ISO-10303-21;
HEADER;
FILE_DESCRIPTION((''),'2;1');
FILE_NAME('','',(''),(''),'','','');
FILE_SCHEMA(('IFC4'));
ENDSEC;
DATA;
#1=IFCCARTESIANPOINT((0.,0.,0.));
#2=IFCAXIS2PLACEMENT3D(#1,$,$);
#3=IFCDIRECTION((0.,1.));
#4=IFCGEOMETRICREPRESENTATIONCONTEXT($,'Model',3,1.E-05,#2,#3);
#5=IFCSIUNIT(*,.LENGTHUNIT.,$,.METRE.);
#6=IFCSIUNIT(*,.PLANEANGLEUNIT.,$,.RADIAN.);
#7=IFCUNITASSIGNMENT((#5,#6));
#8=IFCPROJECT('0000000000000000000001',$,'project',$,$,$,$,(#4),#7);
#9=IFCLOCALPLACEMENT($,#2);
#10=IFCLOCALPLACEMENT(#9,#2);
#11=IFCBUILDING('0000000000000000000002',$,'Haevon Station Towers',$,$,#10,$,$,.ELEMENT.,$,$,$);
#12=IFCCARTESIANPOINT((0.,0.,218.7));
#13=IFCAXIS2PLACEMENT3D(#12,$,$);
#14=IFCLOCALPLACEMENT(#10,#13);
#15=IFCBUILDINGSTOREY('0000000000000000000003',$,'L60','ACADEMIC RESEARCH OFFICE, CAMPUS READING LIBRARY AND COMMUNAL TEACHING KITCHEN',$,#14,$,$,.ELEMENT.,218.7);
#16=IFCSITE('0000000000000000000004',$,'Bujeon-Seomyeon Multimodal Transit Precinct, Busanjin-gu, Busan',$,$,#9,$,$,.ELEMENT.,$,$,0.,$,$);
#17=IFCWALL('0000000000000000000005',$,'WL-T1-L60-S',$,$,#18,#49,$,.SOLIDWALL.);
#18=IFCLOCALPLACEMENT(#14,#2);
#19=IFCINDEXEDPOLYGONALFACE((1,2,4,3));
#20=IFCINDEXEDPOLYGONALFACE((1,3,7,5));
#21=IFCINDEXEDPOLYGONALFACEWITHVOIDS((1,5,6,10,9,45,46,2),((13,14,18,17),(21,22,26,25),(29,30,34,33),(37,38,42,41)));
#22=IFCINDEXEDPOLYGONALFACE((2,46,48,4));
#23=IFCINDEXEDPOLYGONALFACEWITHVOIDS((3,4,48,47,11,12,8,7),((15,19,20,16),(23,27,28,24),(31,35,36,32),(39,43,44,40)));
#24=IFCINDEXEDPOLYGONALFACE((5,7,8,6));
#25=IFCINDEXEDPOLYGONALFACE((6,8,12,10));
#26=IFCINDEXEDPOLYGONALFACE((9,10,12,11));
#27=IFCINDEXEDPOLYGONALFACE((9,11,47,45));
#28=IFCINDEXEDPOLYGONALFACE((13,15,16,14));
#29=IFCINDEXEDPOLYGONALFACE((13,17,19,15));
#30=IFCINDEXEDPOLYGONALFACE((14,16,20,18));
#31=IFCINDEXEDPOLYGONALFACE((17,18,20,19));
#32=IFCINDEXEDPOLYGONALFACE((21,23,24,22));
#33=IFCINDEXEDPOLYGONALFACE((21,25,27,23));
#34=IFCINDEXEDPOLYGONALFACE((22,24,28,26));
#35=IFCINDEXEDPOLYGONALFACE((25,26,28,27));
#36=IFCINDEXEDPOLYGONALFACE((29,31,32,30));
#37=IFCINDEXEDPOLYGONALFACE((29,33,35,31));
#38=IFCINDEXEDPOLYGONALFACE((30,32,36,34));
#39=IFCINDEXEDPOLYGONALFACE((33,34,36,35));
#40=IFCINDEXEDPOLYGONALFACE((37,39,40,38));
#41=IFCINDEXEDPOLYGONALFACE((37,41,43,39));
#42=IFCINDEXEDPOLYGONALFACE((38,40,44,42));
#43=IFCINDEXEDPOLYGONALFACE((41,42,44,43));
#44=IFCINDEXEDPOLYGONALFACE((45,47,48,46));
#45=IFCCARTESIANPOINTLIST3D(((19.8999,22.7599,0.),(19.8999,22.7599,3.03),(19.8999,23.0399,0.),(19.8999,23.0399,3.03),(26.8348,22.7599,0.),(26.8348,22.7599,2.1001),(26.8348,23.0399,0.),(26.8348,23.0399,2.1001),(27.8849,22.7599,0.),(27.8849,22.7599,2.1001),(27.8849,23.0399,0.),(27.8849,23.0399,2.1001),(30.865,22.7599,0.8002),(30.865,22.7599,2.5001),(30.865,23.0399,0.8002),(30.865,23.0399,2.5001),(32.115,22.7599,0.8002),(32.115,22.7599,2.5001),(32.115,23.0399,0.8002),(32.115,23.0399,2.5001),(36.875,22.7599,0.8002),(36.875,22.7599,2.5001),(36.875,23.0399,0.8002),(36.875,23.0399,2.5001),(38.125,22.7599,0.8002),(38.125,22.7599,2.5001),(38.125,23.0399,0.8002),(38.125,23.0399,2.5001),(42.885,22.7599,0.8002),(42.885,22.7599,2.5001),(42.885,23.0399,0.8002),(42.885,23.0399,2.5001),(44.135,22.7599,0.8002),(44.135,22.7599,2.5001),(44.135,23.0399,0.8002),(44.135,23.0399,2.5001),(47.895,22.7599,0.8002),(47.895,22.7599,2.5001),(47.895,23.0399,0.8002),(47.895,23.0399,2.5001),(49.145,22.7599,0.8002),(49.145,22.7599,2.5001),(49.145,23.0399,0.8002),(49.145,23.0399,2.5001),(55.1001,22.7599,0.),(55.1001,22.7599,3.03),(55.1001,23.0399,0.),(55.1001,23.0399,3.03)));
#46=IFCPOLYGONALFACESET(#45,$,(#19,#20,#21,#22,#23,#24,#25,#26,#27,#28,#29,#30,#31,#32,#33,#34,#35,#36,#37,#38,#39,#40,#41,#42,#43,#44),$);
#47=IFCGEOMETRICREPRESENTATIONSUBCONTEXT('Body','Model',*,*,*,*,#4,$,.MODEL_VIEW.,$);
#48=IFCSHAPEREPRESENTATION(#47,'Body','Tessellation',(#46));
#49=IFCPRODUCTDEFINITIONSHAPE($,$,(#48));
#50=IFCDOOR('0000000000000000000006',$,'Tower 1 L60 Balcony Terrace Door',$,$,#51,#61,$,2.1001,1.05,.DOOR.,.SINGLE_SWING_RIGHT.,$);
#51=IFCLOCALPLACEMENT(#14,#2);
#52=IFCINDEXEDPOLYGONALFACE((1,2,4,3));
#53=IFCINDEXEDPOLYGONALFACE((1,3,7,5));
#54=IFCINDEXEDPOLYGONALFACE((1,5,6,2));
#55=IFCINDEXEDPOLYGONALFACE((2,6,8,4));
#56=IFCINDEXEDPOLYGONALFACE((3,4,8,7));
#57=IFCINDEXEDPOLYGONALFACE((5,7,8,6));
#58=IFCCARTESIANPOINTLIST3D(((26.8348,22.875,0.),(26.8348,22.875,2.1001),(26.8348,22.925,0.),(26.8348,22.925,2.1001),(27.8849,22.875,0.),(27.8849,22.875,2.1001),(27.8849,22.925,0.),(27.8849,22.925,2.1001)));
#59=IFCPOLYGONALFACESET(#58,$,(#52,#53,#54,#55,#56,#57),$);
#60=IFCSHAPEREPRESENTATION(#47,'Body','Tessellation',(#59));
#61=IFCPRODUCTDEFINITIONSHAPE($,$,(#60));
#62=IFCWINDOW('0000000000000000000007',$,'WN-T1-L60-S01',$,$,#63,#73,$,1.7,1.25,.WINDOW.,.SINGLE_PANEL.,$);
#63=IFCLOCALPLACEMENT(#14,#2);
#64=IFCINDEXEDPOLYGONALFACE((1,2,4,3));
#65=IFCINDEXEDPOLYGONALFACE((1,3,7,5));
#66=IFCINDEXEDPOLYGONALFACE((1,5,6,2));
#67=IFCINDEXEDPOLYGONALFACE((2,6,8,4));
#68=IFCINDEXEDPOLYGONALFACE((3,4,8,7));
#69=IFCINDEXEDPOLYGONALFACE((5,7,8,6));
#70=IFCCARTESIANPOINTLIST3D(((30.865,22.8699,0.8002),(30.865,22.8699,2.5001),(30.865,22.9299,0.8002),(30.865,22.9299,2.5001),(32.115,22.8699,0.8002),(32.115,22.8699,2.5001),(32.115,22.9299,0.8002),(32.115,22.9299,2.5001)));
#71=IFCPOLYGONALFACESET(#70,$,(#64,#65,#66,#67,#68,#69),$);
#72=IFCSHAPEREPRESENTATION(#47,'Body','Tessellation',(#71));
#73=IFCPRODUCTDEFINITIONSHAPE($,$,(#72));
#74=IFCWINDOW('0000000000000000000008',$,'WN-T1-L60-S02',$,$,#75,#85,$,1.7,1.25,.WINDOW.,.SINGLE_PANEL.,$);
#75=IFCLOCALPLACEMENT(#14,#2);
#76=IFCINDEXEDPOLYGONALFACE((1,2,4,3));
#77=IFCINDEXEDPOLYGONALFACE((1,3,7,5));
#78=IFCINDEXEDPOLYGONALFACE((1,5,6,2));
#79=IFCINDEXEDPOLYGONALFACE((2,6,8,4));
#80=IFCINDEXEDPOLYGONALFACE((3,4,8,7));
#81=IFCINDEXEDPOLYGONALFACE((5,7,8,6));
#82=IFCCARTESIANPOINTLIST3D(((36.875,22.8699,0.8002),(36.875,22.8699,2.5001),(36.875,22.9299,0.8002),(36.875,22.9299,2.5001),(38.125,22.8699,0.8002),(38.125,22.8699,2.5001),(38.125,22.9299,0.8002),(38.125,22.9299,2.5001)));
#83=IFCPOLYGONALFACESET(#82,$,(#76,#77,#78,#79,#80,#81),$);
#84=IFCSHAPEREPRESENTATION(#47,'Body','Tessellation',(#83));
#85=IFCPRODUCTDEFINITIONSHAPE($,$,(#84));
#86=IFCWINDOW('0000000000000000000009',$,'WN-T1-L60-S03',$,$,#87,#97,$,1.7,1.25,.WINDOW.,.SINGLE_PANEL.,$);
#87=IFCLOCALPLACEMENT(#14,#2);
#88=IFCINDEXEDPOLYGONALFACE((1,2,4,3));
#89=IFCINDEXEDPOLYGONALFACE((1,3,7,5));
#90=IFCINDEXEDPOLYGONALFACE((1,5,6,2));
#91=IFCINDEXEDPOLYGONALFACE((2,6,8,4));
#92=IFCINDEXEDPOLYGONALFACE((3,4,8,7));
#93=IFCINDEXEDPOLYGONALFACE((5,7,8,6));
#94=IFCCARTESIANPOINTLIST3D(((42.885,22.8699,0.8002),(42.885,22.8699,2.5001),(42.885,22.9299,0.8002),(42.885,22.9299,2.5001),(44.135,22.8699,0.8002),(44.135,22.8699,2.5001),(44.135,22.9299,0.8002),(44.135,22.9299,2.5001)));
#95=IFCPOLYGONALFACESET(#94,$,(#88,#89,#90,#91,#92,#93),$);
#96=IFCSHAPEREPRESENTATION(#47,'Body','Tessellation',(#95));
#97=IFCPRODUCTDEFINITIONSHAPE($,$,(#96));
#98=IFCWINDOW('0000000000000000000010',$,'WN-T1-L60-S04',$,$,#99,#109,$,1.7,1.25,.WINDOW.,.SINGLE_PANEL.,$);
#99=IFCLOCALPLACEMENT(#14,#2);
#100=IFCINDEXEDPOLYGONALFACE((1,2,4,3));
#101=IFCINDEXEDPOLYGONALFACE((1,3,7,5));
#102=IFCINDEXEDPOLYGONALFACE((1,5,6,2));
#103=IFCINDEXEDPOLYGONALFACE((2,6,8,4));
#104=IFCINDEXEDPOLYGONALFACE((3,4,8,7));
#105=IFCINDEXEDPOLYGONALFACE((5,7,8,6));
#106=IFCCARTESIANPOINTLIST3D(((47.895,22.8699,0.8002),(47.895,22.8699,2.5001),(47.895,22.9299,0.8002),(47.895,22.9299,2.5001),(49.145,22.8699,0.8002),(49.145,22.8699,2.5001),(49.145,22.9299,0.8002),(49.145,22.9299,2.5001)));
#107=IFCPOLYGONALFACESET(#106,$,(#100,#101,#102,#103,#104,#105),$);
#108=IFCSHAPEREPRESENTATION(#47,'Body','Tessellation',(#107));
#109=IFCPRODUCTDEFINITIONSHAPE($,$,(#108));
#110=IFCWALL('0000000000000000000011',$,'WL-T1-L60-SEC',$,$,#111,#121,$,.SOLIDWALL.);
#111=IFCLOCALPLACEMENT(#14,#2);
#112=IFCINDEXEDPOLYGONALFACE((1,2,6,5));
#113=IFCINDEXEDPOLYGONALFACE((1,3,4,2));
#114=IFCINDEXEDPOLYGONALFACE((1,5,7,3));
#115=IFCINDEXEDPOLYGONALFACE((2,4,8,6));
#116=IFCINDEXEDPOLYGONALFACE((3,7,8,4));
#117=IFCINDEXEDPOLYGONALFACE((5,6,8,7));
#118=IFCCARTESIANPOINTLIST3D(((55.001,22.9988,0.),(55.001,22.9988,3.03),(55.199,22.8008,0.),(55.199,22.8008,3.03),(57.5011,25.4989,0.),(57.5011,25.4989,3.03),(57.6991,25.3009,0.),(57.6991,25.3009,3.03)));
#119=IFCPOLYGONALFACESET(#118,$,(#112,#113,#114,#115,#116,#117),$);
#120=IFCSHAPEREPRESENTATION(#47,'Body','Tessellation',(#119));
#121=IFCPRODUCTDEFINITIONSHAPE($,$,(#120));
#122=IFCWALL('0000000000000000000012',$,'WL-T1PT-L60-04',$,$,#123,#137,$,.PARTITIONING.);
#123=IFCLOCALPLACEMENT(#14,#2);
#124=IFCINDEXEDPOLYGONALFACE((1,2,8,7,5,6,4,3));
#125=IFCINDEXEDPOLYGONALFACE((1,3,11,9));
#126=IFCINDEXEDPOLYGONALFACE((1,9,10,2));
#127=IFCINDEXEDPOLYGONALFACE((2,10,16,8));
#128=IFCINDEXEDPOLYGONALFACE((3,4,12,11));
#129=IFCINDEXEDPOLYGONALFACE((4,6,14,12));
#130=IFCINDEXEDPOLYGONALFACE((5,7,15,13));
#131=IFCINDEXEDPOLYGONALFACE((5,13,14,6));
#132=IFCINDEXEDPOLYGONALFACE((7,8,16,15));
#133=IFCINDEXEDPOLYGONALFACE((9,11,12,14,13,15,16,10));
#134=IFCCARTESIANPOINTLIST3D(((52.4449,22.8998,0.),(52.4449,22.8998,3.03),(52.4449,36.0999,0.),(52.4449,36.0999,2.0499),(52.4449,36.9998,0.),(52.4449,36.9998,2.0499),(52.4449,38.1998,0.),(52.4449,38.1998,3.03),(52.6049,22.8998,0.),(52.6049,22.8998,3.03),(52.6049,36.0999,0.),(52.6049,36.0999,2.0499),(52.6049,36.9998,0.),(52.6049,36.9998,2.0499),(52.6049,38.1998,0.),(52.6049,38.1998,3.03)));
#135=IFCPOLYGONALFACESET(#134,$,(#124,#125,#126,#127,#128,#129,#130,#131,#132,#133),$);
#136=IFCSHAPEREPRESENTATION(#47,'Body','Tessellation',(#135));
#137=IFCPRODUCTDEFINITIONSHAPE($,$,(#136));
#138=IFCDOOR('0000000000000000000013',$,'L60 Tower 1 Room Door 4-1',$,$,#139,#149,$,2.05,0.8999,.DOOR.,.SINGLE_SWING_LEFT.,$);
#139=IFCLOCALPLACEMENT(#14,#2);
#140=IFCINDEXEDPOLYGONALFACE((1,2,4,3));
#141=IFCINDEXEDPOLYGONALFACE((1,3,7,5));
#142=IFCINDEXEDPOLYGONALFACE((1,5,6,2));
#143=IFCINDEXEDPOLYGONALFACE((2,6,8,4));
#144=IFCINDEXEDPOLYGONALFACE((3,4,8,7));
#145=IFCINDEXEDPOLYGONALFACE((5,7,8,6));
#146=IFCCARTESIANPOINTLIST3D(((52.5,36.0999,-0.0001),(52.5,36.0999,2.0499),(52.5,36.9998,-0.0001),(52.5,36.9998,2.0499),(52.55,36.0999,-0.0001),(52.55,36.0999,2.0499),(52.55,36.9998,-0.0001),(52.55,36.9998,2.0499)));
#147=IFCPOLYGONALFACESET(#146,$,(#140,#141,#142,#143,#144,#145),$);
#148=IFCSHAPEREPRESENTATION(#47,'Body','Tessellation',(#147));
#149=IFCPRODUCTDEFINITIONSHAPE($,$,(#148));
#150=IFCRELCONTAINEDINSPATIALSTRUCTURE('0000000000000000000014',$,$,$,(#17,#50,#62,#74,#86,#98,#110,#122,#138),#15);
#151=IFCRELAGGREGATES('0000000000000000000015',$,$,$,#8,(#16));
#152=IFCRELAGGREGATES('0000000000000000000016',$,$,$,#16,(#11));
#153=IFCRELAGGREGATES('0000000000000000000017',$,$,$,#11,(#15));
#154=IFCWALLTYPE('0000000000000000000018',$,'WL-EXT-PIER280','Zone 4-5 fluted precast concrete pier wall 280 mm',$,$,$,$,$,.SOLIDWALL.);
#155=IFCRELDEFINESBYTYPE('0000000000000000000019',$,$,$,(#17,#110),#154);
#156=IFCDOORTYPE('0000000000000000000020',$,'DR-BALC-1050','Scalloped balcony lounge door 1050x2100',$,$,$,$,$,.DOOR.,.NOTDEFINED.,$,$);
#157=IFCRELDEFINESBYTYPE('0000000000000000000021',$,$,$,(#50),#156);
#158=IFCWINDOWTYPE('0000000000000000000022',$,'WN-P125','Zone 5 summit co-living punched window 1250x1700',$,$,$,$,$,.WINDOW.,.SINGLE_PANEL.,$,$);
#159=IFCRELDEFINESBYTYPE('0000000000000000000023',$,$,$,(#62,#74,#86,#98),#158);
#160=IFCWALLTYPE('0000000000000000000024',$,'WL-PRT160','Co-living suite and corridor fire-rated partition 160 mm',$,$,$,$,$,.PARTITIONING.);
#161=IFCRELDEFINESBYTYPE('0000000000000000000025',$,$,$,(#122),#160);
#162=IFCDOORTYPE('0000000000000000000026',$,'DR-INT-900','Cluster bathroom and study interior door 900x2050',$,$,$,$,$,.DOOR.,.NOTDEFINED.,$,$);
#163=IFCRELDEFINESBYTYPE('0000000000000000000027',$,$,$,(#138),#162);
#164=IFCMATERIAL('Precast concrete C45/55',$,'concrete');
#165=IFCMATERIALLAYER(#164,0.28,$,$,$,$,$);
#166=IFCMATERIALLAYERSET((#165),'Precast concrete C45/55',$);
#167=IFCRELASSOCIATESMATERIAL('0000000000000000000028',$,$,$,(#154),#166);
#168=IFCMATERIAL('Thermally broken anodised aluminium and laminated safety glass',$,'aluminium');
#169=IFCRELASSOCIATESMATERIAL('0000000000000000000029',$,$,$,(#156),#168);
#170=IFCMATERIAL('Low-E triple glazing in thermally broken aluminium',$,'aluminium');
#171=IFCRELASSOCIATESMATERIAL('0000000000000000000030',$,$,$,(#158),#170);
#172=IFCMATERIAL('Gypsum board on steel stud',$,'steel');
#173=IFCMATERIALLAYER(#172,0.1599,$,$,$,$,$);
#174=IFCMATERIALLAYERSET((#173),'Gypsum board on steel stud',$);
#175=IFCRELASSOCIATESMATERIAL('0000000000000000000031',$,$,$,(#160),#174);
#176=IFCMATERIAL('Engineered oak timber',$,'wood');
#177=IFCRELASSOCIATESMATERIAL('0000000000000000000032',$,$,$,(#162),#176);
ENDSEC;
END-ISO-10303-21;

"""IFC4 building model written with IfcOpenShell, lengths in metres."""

from ifc_helpers import new_model, si_unit, direction, frame, frame_2d, origin, place, context, subcontext, project, spatial, rectangle, extrude, material, layer, layer_set, type_object, element, fill, save


model = new_model("IFC4")

# Units and contexts
model_context = context("Model", 3, precision=1e-05, world=origin(), true_north=direction((0.0, 1.0)))
body_context = subcontext(model_context, "Body", "Model", "MODEL_VIEW")
ifc_project = project(units=[si_unit("LENGTHUNIT", "METRE"), si_unit("PLANEANGLEUNIT", "RADIAN")], contexts=[model_context])

# Site, building, storey
site_placement = place(None, origin())
site = spatial("IfcSite", under=ifc_project, at=site_placement, Name="Bujeon-Seomyeon Multimodal Transit Precinct, Busanjin-gu, Busan", CompositionType="ELEMENT", RefElevation=0.0)
building_placement = place(site_placement, origin())
building = spatial("IfcBuilding", under=site, at=building_placement, Name="Haevon Station Towers", CompositionType="ELEMENT")
storey_placement = place(building_placement, frame((0.0, 0.0, 218.7)))
storey = spatial("IfcBuildingStorey", under=building, at=storey_placement, Name="L60", Description="ACADEMIC RESEARCH OFFICE, CAMPUS READING LIBRARY AND COMMUNAL TEACHING KITCHEN", CompositionType="ELEMENT", Elevation=218.7)

# Wall, openings, door, windows
ifc_material_1 = material(Name="Precast concrete C45/55", Category="concrete")
ifc_layer_1 = layer(ifc_material_1, 0.28)
ifc_layer_set_1 = layer_set([ifc_layer_1], Name="Precast concrete C45/55")
wall_type_1 = type_object("IfcWallType", Name="WL-EXT-PIER280", Description="Zone 4-5 fluted precast concrete pier wall 280 mm", PredefinedType="SOLIDWALL", material=ifc_layer_set_1)
wall_1_placement = place(storey_placement, frame((55.1001, 22.8999, 0.0), z_axis=(0.0, 0.0, 1.0), x_axis=(-1.0, 0.0, 0.0)))
wall_1 = element("IfcWall", 1, at=wall_1_placement, inside=storey, type_object=wall_type_1, Name="WL-T1-L60-S", PredefinedType="SOLIDWALL", context=body_context, shape_type="SweptSolid", body=[
    extrude(rectangle(XDim=35.2002, YDim=0.28, at=frame_2d((17.6001, 0.0))), origin(), (0.0, 0.0, 1.0), 3.03),
])
opening_1_placement = place(wall_1_placement, frame((27.2153, 0.0, 0.0)))
opening_1 = element("IfcOpeningElement", 2, at=opening_1_placement, cuts=wall_1, PredefinedType="OPENING", context=body_context, shape_type="SweptSolid", body=[
    extrude(rectangle(XDim=1.05, YDim=2.1001, at=frame_2d((0.5249, 1.05))), frame((0.0, 0.1499, 0.0), z_axis=(0.0, -1.0, 0.0), x_axis=(1.0, 0.0, 0.0)), (0.0, 0.0, 1.0), 0.3),
])
opening_2_placement = place(wall_1_placement, frame((22.9851, 0.0, 0.8)))
opening_2 = element("IfcOpeningElement", 3, at=opening_2_placement, cuts=wall_1, PredefinedType="OPENING", context=body_context, shape_type="SweptSolid", body=[
    extrude(rectangle(XDim=1.25, YDim=1.7, at=frame_2d((0.625, 0.8501))), frame((0.0, 0.1499, 0.0), z_axis=(0.0, -1.0, 0.0), x_axis=(1.0, 0.0, 0.0)), (0.0, 0.0, 1.0), 0.3),
])
opening_3_placement = place(wall_1_placement, frame((16.9751, 0.0, 0.8)))
opening_3 = element("IfcOpeningElement", 4, at=opening_3_placement, cuts=wall_1, PredefinedType="OPENING", context=body_context, shape_type="SweptSolid", body=[
    extrude(rectangle(XDim=1.25, YDim=1.7, at=frame_2d((0.625, 0.8501))), frame((0.0, 0.1499, 0.0), z_axis=(0.0, -1.0, 0.0), x_axis=(1.0, 0.0, 0.0)), (0.0, 0.0, 1.0), 0.3),
])
opening_4_placement = place(wall_1_placement, frame((10.9651, 0.0, 0.8)))
opening_4 = element("IfcOpeningElement", 5, at=opening_4_placement, cuts=wall_1, PredefinedType="OPENING", context=body_context, shape_type="SweptSolid", body=[
    extrude(rectangle(XDim=1.25, YDim=1.7, at=frame_2d((0.625, 0.8501))), frame((0.0, 0.1499, 0.0), z_axis=(0.0, -1.0, 0.0), x_axis=(1.0, 0.0, 0.0)), (0.0, 0.0, 1.0), 0.3),
])
opening_5_placement = place(wall_1_placement, frame((5.9551, 0.0, 0.8)))
opening_5 = element("IfcOpeningElement", 6, at=opening_5_placement, cuts=wall_1, PredefinedType="OPENING", context=body_context, shape_type="SweptSolid", body=[
    extrude(rectangle(XDim=1.25, YDim=1.7, at=frame_2d((0.625, 0.8501))), frame((0.0, 0.1499, 0.0), z_axis=(0.0, -1.0, 0.0), x_axis=(1.0, 0.0, 0.0)), (0.0, 0.0, 1.0), 0.3),
])
ifc_material_2 = material(Name="Thermally broken anodised aluminium and laminated safety glass", Category="aluminium")
door_type_1 = type_object("IfcDoorType", Name="DR-BALC-1050", Description="Scalloped balcony lounge door 1050x2100", OperationType="NOTDEFINED", PredefinedType="DOOR", material=ifc_material_2)
door_1_placement = place(opening_1_placement, origin())
door_1 = element("IfcDoor", 7, at=door_1_placement, inside=storey, type_object=door_type_1, Name="Tower 1 L60 Balcony Terrace Door", OperationType="SINGLE_SWING_RIGHT", OverallHeight=2.1001, OverallWidth=1.05, PredefinedType="DOOR", context=body_context, shape_type="SweptSolid", body=[
    extrude(rectangle(XDim=1.05, YDim=2.1001, at=frame_2d((0.5249, 1.05))), frame((0.0, 0.0249, 0.0), z_axis=(0.0, -1.0, 0.0), x_axis=(1.0, 0.0, 0.0)), (0.0, 0.0, 1.0), 0.05),
])
fill(opening_1, door_1)
ifc_material_3 = material(Name="Low-E triple glazing in thermally broken aluminium", Category="aluminium")
window_type = type_object("IfcWindowType", Name="WN-P125", Description="Zone 5 summit co-living punched window 1250x1700", PartitioningType="SINGLE_PANEL", PredefinedType="WINDOW", material=ifc_material_3)
window_1_placement = place(opening_2_placement, origin())
window_1 = element("IfcWindow", 8, at=window_1_placement, inside=storey, type_object=window_type, Name="WN-T1-L60-S01", OverallHeight=1.7, OverallWidth=1.25, PartitioningType="SINGLE_PANEL", PredefinedType="WINDOW", context=body_context, shape_type="SweptSolid", body=[
    extrude(rectangle(XDim=1.25, YDim=1.7, at=frame_2d((0.625, 0.8501))), frame((0.0, 0.03, 0.0), z_axis=(0.0, -1.0, 0.0), x_axis=(1.0, 0.0, 0.0)), (0.0, 0.0, 1.0), 0.0601),
])
fill(opening_2, window_1)
window_2_placement = place(opening_3_placement, origin())
window_2 = element("IfcWindow", 9, at=window_2_placement, inside=storey, type_object=window_type, Name="WN-T1-L60-S02", OverallHeight=1.7, OverallWidth=1.25, PartitioningType="SINGLE_PANEL", PredefinedType="WINDOW", context=body_context, shape_type="SweptSolid", body=[
    extrude(rectangle(XDim=1.25, YDim=1.7, at=frame_2d((0.625, 0.8501))), frame((0.0, 0.03, 0.0), z_axis=(0.0, -1.0, 0.0), x_axis=(1.0, 0.0, 0.0)), (0.0, 0.0, 1.0), 0.0601),
])
fill(opening_3, window_2)
window_3_placement = place(opening_4_placement, origin())
window_3 = element("IfcWindow", 10, at=window_3_placement, inside=storey, type_object=window_type, Name="WN-T1-L60-S03", OverallHeight=1.7, OverallWidth=1.25, PartitioningType="SINGLE_PANEL", PredefinedType="WINDOW", context=body_context, shape_type="SweptSolid", body=[
    extrude(rectangle(XDim=1.25, YDim=1.7, at=frame_2d((0.625, 0.8501))), frame((0.0, 0.03, 0.0), z_axis=(0.0, -1.0, 0.0), x_axis=(1.0, 0.0, 0.0)), (0.0, 0.0, 1.0), 0.0601),
])
fill(opening_4, window_3)
window_4_placement = place(opening_5_placement, origin())
window_4 = element("IfcWindow", 11, at=window_4_placement, inside=storey, type_object=window_type, Name="WN-T1-L60-S04", OverallHeight=1.7, OverallWidth=1.25, PartitioningType="SINGLE_PANEL", PredefinedType="WINDOW", context=body_context, shape_type="SweptSolid", body=[
    extrude(rectangle(XDim=1.25, YDim=1.7, at=frame_2d((0.625, 0.8501))), frame((0.0, 0.03, 0.0), z_axis=(0.0, -1.0, 0.0), x_axis=(1.0, 0.0, 0.0)), (0.0, 0.0, 1.0), 0.0601),
])
fill(opening_5, window_4)

# Wall
wall_2_placement = place(storey_placement, frame((57.6001, 25.3999, 0.0), z_axis=(0.0, 0.0, 1.0), x_axis=(-0.707107, -0.707107, 0.0)))
element("IfcWall", 12, at=wall_2_placement, inside=storey, type_object=wall_type_1, Name="WL-T1-L60-SEC", PredefinedType="SOLIDWALL", context=body_context, shape_type="SweptSolid", body=[
    extrude(rectangle(XDim=3.5356, YDim=0.28, at=frame_2d((1.7678, 0.0))), origin(), (0.0, 0.0, 1.0), 3.03),
])

# Wall, opening, door
ifc_material_4 = material(Name="Gypsum board on steel stud", Category="steel")
ifc_layer_2 = layer(ifc_material_4, 0.1599)
ifc_layer_set_2 = layer_set([ifc_layer_2], Name="Gypsum board on steel stud")
wall_type_2 = type_object("IfcWallType", Name="WL-PRT160", Description="Co-living suite and corridor fire-rated partition 160 mm", PredefinedType="PARTITIONING", material=ifc_layer_set_2)
wall_3_placement = place(storey_placement, frame((52.5249, 22.8999, 0.0), z_axis=(0.0, 0.0, 1.0), x_axis=(0.0, 1.0, 0.0)))
wall_3 = element("IfcWall", 13, at=wall_3_placement, inside=storey, type_object=wall_type_2, Name="WL-T1PT-L60-04", PredefinedType="PARTITIONING", context=body_context, shape_type="SweptSolid", body=[
    extrude(rectangle(XDim=15.3, YDim=0.1599, at=frame_2d((7.6499, 0.0))), origin(), (0.0, 0.0, 1.0), 3.03),
])
opening_6_placement = place(wall_3_placement, frame((13.2, 0.0, 0.0)))
opening_6 = element("IfcOpeningElement", 14, at=opening_6_placement, cuts=wall_3, PredefinedType="OPENING", context=body_context, shape_type="SweptSolid", body=[
    extrude(rectangle(XDim=0.8999, YDim=2.05, at=frame_2d((0.45, 1.0249))), frame((0.0, 0.0898, 0.0), z_axis=(0.0, -1.0, 0.0), x_axis=(1.0, 0.0, 0.0)), (0.0, 0.0, 1.0), 0.1799),
])
ifc_material_5 = material(Name="Engineered oak timber", Category="wood")
door_type_2 = type_object("IfcDoorType", Name="DR-INT-900", Description="Cluster bathroom and study interior door 900x2050", OperationType="NOTDEFINED", PredefinedType="DOOR", material=ifc_material_5)
door_2_placement = place(opening_6_placement, origin())
door_2 = element("IfcDoor", 15, at=door_2_placement, inside=storey, type_object=door_type_2, Name="L60 Tower 1 Room Door 4-1", OperationType="SINGLE_SWING_LEFT", OverallHeight=2.05, OverallWidth=0.8999, PredefinedType="DOOR", context=body_context, shape_type="SweptSolid", body=[
    extrude(rectangle(XDim=0.8999, YDim=2.05, at=frame_2d((0.45, 1.0249))), frame((0.0, 0.0249, 0.0), z_axis=(0.0, -1.0, 0.0), x_axis=(1.0, 0.0, 0.0)), (0.0, 0.0, 1.0), 0.05),
])
fill(opening_6, door_2)

save(model, "model.ifc")
